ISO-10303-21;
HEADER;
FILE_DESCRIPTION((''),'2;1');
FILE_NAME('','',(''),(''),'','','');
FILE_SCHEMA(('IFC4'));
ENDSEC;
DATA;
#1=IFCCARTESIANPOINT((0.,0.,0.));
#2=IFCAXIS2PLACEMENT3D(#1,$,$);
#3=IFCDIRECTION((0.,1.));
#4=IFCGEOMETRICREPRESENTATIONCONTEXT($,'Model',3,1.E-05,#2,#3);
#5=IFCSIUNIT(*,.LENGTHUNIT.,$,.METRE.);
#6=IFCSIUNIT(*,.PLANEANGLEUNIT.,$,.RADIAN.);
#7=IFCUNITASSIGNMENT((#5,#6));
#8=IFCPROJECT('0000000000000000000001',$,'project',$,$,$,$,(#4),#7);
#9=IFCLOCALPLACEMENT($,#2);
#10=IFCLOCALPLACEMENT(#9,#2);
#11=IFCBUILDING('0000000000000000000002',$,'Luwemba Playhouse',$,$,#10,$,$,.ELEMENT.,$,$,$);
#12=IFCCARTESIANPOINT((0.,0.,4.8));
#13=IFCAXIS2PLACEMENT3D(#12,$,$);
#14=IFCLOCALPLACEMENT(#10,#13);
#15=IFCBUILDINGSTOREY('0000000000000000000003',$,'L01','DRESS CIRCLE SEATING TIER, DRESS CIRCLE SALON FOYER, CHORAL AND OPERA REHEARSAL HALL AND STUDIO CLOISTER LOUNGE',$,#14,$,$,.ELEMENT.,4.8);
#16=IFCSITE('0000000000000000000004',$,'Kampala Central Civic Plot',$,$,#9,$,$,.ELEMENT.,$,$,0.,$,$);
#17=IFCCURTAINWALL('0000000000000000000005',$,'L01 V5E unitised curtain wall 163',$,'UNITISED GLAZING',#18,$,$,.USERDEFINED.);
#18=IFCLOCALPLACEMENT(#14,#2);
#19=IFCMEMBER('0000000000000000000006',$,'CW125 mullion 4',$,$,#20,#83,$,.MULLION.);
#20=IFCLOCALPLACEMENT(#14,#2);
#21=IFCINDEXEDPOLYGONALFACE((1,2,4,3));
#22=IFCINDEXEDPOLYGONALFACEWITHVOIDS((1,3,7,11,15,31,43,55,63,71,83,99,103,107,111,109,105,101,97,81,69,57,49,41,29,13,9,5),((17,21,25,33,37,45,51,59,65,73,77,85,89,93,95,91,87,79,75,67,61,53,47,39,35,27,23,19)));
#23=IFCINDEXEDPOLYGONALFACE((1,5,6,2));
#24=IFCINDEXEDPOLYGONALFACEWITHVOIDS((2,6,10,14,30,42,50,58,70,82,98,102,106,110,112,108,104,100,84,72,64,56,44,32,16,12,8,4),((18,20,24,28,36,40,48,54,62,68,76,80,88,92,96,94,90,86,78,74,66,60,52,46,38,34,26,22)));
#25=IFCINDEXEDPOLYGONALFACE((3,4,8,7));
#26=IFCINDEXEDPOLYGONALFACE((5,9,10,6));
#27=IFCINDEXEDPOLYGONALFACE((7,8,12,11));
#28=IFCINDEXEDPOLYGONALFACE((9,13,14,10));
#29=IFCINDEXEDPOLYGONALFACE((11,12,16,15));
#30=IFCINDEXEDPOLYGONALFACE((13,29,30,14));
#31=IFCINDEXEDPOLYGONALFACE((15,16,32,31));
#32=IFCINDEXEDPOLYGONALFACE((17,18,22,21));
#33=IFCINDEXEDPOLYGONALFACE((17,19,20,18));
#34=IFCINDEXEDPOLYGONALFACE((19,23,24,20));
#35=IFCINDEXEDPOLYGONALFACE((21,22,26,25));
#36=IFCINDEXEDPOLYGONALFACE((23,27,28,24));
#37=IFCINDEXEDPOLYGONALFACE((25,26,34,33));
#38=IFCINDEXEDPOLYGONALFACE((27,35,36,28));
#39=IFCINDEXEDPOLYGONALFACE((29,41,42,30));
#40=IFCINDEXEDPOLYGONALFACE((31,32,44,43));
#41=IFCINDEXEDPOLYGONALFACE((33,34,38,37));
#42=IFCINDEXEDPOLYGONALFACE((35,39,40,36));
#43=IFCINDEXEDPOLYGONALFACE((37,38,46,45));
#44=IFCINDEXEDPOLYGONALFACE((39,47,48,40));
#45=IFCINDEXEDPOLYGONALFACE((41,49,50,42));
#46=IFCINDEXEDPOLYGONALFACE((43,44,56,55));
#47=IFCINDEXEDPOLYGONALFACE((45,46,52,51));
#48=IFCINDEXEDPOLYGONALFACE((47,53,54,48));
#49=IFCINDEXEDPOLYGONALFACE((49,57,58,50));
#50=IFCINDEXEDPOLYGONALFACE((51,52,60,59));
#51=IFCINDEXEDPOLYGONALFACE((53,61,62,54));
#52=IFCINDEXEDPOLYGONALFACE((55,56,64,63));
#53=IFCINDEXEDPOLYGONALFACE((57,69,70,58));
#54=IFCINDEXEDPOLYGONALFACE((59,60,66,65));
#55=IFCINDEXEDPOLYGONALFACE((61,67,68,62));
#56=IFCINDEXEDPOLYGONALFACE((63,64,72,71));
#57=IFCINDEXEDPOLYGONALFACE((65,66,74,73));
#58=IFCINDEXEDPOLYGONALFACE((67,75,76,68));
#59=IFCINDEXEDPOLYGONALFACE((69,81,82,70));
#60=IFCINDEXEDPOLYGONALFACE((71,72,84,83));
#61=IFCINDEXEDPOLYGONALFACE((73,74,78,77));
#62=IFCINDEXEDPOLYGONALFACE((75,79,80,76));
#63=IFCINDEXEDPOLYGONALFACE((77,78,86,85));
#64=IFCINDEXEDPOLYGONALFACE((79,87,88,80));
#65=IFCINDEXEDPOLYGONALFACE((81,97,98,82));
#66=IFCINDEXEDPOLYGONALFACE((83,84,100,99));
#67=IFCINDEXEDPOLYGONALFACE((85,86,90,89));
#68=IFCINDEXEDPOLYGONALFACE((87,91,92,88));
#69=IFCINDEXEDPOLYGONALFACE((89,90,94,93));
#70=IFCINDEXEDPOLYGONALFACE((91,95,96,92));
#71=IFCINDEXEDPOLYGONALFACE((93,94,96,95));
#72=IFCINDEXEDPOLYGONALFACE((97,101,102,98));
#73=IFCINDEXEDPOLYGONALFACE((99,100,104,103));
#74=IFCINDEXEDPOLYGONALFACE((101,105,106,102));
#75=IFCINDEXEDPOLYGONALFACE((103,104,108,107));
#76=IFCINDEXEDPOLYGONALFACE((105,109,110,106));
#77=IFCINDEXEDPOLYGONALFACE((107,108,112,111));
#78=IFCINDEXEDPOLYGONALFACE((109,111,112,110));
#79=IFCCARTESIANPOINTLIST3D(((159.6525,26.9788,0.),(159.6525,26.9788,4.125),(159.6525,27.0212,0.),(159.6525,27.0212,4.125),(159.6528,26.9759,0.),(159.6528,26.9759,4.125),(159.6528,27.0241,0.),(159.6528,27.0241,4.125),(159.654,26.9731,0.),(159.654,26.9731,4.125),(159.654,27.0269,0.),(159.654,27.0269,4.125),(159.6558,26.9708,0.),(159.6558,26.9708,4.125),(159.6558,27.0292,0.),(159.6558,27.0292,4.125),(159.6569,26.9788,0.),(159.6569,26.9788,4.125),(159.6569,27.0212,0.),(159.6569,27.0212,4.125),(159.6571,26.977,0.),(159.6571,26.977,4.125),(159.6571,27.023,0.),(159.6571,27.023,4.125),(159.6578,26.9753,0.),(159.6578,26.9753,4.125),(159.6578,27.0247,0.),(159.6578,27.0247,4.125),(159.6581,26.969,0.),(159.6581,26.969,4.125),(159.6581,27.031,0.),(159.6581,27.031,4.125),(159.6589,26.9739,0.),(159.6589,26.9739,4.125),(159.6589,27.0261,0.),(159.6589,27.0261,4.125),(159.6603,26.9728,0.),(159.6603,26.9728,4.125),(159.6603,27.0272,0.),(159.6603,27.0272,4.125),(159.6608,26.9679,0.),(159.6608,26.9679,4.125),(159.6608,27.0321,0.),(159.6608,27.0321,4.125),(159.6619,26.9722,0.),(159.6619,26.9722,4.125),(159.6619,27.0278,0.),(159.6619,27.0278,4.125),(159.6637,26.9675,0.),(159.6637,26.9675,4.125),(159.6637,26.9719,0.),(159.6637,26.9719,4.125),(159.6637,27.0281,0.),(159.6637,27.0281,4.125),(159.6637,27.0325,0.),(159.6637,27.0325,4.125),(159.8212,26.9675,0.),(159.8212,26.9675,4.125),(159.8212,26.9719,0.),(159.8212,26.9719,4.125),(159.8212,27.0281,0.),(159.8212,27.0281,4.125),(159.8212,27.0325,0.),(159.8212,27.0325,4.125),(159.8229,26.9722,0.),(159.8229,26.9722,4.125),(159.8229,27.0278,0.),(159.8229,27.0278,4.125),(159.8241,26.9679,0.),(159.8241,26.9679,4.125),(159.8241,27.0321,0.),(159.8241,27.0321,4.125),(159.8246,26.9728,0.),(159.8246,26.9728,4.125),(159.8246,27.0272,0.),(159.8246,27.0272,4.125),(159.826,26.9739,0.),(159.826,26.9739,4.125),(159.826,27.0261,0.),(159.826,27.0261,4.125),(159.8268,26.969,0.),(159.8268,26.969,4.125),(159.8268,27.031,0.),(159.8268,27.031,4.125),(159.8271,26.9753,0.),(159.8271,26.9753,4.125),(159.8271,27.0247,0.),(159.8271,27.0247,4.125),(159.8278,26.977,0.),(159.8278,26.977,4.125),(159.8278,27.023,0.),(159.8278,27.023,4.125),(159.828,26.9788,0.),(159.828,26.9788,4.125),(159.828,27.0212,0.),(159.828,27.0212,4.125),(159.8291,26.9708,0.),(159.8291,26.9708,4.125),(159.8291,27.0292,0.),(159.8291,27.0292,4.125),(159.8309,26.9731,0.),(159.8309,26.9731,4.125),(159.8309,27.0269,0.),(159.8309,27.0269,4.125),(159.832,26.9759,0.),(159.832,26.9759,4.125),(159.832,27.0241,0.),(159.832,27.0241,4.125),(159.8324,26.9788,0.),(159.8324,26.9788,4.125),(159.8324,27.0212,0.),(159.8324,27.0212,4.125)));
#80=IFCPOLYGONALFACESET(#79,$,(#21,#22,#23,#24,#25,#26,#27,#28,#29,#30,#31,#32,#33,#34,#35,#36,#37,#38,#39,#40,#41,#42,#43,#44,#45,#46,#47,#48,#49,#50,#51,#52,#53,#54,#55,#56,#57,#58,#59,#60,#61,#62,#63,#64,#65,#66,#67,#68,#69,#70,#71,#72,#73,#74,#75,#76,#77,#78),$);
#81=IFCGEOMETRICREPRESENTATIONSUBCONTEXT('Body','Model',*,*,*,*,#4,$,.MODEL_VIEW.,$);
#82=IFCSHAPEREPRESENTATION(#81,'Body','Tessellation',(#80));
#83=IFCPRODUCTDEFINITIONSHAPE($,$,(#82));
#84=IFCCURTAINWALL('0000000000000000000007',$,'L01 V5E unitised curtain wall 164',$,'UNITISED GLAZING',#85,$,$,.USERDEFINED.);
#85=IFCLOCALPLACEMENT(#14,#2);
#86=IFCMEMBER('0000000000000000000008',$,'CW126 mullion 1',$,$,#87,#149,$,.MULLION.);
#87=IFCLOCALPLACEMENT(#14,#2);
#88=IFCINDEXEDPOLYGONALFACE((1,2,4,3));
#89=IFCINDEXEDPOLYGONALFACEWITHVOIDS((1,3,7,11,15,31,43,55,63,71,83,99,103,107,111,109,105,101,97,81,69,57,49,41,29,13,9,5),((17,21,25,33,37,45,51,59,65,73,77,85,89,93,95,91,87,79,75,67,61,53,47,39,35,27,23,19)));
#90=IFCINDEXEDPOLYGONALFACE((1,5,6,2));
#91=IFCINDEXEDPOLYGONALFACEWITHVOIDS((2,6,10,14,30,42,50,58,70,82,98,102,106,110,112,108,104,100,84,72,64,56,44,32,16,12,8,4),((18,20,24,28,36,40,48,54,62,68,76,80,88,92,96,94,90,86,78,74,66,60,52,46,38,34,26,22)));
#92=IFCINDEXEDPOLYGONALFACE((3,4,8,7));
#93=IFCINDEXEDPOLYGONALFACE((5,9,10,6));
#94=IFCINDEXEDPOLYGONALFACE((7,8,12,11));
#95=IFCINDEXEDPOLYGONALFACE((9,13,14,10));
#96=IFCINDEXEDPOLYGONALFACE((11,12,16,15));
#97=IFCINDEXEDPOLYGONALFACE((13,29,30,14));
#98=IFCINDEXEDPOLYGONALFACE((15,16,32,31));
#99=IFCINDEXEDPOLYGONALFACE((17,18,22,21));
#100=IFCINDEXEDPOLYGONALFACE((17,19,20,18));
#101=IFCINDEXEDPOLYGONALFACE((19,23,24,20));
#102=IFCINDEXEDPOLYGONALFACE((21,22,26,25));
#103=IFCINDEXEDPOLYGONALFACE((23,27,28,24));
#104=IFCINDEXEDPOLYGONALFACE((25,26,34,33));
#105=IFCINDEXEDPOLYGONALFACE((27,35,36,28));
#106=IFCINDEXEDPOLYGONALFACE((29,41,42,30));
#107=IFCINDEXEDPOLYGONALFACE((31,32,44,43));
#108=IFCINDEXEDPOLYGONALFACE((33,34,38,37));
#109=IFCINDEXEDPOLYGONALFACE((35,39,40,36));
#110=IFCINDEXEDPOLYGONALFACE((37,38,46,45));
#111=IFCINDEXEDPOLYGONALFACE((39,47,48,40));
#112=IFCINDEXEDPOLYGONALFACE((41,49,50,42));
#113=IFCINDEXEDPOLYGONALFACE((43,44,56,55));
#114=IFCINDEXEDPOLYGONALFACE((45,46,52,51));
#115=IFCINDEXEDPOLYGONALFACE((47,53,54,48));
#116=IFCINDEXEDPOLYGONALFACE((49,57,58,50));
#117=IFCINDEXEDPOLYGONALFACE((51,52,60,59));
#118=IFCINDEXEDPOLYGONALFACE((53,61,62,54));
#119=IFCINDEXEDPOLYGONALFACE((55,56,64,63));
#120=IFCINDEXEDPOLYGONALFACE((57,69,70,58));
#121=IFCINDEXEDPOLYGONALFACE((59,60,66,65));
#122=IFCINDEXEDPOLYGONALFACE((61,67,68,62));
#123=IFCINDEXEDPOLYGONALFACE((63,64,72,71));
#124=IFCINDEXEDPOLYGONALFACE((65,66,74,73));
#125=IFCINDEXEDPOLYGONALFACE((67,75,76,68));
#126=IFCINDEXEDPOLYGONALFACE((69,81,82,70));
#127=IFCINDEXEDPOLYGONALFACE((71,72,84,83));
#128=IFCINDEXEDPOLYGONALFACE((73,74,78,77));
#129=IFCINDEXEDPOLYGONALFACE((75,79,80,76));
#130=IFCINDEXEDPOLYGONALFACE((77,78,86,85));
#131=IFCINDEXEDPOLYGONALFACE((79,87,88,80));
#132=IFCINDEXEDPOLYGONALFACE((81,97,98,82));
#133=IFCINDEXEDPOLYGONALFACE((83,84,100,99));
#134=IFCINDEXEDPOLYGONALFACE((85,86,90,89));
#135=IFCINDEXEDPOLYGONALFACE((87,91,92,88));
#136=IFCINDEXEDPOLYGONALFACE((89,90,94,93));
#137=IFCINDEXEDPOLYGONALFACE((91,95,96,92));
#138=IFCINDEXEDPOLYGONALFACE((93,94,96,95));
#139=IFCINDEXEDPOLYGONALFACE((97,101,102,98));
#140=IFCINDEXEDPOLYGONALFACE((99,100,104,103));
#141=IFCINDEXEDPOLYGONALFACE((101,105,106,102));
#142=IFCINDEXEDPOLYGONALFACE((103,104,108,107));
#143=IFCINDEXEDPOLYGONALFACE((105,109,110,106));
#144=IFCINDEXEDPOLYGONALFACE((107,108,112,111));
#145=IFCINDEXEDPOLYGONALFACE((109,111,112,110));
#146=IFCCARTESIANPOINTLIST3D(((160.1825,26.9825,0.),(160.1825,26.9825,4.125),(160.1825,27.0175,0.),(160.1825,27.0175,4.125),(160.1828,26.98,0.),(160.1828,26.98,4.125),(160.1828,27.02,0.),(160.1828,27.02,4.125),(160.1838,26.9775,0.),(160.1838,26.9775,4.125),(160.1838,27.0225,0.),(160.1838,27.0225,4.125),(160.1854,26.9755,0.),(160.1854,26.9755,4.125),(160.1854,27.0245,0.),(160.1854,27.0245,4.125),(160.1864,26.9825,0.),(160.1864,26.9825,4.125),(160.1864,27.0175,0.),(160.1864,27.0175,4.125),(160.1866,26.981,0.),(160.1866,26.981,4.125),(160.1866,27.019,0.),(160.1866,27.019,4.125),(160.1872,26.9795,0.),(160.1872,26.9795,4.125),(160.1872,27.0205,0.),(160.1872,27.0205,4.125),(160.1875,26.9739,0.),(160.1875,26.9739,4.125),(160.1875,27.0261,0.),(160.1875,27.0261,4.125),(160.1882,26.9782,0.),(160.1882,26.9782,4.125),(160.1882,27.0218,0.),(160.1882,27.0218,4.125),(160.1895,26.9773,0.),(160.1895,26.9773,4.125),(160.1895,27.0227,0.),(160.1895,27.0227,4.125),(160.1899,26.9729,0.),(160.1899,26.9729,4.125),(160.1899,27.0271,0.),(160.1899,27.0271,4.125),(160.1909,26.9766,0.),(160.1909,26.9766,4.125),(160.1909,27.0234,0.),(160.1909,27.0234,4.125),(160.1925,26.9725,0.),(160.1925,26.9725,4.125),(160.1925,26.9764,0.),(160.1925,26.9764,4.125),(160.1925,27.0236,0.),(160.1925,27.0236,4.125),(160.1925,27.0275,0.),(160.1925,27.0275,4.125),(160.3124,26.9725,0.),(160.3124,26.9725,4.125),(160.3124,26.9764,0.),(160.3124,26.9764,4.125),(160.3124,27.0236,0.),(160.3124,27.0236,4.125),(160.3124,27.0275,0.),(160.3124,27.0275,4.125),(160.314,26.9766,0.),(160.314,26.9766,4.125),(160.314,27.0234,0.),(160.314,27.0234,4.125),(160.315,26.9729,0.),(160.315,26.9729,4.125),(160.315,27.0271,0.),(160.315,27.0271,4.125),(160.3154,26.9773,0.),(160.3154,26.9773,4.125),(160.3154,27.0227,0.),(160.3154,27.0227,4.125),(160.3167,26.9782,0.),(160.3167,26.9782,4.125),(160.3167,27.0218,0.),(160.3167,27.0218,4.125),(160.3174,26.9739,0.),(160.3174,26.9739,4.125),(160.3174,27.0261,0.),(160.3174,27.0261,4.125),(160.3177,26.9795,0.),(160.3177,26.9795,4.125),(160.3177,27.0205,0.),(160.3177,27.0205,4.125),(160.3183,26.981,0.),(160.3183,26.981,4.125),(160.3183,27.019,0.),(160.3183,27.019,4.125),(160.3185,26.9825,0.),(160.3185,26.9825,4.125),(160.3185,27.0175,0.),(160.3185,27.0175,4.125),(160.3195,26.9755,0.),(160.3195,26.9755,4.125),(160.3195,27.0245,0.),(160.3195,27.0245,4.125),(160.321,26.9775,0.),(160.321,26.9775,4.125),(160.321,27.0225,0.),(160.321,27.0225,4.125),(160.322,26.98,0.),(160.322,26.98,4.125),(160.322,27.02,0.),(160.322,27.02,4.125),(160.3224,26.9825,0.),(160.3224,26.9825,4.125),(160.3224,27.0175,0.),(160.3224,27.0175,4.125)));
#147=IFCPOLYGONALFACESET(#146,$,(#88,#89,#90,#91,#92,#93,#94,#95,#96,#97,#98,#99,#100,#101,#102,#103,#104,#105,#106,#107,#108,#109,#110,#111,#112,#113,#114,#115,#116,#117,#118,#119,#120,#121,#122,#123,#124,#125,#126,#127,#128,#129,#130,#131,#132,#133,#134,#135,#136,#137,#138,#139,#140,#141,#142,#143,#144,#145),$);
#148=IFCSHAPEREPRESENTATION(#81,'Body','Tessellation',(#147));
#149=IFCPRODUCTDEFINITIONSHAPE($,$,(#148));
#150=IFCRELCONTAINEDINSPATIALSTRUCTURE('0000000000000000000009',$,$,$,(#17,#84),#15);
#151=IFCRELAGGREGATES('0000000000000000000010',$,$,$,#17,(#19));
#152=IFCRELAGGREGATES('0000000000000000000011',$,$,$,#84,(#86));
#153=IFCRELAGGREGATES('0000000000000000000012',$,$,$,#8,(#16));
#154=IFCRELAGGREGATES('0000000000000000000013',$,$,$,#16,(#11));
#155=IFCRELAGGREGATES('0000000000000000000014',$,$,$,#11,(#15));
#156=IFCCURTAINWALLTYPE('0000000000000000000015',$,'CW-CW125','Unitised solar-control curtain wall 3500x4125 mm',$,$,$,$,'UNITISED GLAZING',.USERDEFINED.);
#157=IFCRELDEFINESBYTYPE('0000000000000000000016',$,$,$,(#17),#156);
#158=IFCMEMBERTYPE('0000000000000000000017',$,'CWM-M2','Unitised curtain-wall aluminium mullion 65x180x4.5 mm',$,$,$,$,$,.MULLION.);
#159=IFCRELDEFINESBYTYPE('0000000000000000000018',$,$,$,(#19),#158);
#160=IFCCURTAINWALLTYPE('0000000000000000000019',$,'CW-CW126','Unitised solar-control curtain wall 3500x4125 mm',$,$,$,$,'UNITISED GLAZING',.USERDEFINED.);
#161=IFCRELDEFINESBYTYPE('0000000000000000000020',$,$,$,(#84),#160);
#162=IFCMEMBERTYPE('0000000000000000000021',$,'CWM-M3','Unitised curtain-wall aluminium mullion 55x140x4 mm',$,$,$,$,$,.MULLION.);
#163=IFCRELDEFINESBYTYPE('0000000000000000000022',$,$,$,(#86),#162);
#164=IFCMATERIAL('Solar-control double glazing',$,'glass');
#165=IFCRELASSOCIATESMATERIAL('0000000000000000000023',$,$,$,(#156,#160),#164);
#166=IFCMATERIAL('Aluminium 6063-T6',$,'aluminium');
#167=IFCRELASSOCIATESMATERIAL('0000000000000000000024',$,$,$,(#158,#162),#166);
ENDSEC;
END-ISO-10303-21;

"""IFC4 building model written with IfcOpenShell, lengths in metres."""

from ifc_helpers import new_model, si_unit, direction, frame, origin, origin_2d, place, context, subcontext, project, spatial, hollow_rectangle, extrude, material, material_profile, profile_set, type_object, element, aggregate, save


model = new_model("IFC4")

# Units and contexts
model_context = context("Model", 3, precision=1e-05, world=origin(), true_north=direction((0.0, 1.0)))
body_context = subcontext(model_context, "Body", "Model", "MODEL_VIEW")
ifc_project = project(units=[si_unit("LENGTHUNIT", "METRE"), si_unit("PLANEANGLEUNIT", "RADIAN")], contexts=[model_context])

# Site, building, storey
site_placement = place(None, origin())
site = spatial("IfcSite", under=ifc_project, at=site_placement, Name="Kampala Central Civic Plot", CompositionType="ELEMENT", RefElevation=0.0)
building_placement = place(site_placement, origin())
building = spatial("IfcBuilding", under=site, at=building_placement, Name="Luwemba Playhouse", CompositionType="ELEMENT")
storey_placement = place(building_placement, frame((0.0, 0.0, 4.8)))
storey = spatial("IfcBuildingStorey", under=building, at=storey_placement, Name="L01", Description="DRESS CIRCLE SEATING TIER, DRESS CIRCLE SALON FOYER, CHORAL AND OPERA REHEARSAL HALL AND STUDIO CLOISTER LOUNGE", CompositionType="ELEMENT", Elevation=4.8)

# Curtain wall, member
ifc_material_1 = material(Name="Solar-control double glazing", Category="glass")
curtain_wall_type_1 = type_object("IfcCurtainWallType", Name="CW-CW125", Description="Unitised solar-control curtain wall 3500x4125 mm", ElementType="UNITISED GLAZING", PredefinedType="USERDEFINED", material=ifc_material_1)
curtain_wall_1_placement = place(storey_placement, origin())
curtain_wall_1 = element("IfcCurtainWall", 1, at=curtain_wall_1_placement, inside=storey, type_object=curtain_wall_type_1, Name="L01 V5E unitised curtain wall 163", ObjectType="UNITISED GLAZING", PredefinedType="USERDEFINED")
ifc_material_2 = material(Name="Aluminium 6063-T6", Category="aluminium")
ifc_material_profile_1 = material_profile(ifc_material_2, hollow_rectangle(XDim=0.0649, YDim=0.1799, WallThickness=0.0044, InnerFilletRadius=0.0068, OuterFilletRadius=0.0112, at=origin_2d()))
ifc_profile_set_1 = profile_set([ifc_material_profile_1], Name="Aluminium 6063-T6")
member_type_1 = type_object("IfcMemberType", Name="CWM-M2", Description="Unitised curtain-wall aluminium mullion 65x180x4.5 mm", PredefinedType="MULLION", material=ifc_profile_set_1)
member_1_placement = place(storey_placement, frame((159.7424, 27.0, 0.0), z_axis=(0.0, 0.0, 1.0), x_axis=(0.0, 1.0, 0.0)))
member_1 = element("IfcMember", 2, at=member_1_placement, type_object=member_type_1, Name="CW125 mullion 4", PredefinedType="MULLION", context=body_context, shape_type="SweptSolid", body=[
    extrude(hollow_rectangle(XDim=0.0649, YDim=0.1799, WallThickness=0.0044, InnerFilletRadius=0.0068, OuterFilletRadius=0.0112, at=origin_2d()), origin(), (0.0, 0.0, 1.0), 4.125),
])

# Curtain wall, member
curtain_wall_type_2 = type_object("IfcCurtainWallType", Name="CW-CW126", Description="Unitised solar-control curtain wall 3500x4125 mm", ElementType="UNITISED GLAZING", PredefinedType="USERDEFINED", material=ifc_material_1)
curtain_wall_2_placement = place(storey_placement, origin())
curtain_wall_2 = element("IfcCurtainWall", 3, at=curtain_wall_2_placement, inside=storey, type_object=curtain_wall_type_2, Name="L01 V5E unitised curtain wall 164", ObjectType="UNITISED GLAZING", PredefinedType="USERDEFINED")
ifc_material_profile_2 = material_profile(ifc_material_2, hollow_rectangle(XDim=0.0549, YDim=0.1399, WallThickness=0.0039, InnerFilletRadius=0.0061, OuterFilletRadius=0.01, at=origin_2d()))
ifc_profile_set_2 = profile_set([ifc_material_profile_2], Name="Aluminium 6063-T6")
member_type_2 = type_object("IfcMemberType", Name="CWM-M3", Description="Unitised curtain-wall aluminium mullion 55x140x4 mm", PredefinedType="MULLION", material=ifc_profile_set_2)
member_2_placement = place(storey_placement, frame((160.2524, 27.0, 0.0), z_axis=(0.0, 0.0, 1.0), x_axis=(0.0, 1.0, 0.0)))
member_2 = element("IfcMember", 4, at=member_2_placement, type_object=member_type_2, Name="CW126 mullion 1", PredefinedType="MULLION", context=body_context, shape_type="SweptSolid", body=[
    extrude(hollow_rectangle(XDim=0.0549, YDim=0.1399, WallThickness=0.0039, InnerFilletRadius=0.0061, OuterFilletRadius=0.01, at=origin_2d()), origin(), (0.0, 0.0, 1.0), 4.125),
])

aggregate(curtain_wall_1, [member_1])
aggregate(curtain_wall_2, [member_2])

save(model, "model.ifc")
